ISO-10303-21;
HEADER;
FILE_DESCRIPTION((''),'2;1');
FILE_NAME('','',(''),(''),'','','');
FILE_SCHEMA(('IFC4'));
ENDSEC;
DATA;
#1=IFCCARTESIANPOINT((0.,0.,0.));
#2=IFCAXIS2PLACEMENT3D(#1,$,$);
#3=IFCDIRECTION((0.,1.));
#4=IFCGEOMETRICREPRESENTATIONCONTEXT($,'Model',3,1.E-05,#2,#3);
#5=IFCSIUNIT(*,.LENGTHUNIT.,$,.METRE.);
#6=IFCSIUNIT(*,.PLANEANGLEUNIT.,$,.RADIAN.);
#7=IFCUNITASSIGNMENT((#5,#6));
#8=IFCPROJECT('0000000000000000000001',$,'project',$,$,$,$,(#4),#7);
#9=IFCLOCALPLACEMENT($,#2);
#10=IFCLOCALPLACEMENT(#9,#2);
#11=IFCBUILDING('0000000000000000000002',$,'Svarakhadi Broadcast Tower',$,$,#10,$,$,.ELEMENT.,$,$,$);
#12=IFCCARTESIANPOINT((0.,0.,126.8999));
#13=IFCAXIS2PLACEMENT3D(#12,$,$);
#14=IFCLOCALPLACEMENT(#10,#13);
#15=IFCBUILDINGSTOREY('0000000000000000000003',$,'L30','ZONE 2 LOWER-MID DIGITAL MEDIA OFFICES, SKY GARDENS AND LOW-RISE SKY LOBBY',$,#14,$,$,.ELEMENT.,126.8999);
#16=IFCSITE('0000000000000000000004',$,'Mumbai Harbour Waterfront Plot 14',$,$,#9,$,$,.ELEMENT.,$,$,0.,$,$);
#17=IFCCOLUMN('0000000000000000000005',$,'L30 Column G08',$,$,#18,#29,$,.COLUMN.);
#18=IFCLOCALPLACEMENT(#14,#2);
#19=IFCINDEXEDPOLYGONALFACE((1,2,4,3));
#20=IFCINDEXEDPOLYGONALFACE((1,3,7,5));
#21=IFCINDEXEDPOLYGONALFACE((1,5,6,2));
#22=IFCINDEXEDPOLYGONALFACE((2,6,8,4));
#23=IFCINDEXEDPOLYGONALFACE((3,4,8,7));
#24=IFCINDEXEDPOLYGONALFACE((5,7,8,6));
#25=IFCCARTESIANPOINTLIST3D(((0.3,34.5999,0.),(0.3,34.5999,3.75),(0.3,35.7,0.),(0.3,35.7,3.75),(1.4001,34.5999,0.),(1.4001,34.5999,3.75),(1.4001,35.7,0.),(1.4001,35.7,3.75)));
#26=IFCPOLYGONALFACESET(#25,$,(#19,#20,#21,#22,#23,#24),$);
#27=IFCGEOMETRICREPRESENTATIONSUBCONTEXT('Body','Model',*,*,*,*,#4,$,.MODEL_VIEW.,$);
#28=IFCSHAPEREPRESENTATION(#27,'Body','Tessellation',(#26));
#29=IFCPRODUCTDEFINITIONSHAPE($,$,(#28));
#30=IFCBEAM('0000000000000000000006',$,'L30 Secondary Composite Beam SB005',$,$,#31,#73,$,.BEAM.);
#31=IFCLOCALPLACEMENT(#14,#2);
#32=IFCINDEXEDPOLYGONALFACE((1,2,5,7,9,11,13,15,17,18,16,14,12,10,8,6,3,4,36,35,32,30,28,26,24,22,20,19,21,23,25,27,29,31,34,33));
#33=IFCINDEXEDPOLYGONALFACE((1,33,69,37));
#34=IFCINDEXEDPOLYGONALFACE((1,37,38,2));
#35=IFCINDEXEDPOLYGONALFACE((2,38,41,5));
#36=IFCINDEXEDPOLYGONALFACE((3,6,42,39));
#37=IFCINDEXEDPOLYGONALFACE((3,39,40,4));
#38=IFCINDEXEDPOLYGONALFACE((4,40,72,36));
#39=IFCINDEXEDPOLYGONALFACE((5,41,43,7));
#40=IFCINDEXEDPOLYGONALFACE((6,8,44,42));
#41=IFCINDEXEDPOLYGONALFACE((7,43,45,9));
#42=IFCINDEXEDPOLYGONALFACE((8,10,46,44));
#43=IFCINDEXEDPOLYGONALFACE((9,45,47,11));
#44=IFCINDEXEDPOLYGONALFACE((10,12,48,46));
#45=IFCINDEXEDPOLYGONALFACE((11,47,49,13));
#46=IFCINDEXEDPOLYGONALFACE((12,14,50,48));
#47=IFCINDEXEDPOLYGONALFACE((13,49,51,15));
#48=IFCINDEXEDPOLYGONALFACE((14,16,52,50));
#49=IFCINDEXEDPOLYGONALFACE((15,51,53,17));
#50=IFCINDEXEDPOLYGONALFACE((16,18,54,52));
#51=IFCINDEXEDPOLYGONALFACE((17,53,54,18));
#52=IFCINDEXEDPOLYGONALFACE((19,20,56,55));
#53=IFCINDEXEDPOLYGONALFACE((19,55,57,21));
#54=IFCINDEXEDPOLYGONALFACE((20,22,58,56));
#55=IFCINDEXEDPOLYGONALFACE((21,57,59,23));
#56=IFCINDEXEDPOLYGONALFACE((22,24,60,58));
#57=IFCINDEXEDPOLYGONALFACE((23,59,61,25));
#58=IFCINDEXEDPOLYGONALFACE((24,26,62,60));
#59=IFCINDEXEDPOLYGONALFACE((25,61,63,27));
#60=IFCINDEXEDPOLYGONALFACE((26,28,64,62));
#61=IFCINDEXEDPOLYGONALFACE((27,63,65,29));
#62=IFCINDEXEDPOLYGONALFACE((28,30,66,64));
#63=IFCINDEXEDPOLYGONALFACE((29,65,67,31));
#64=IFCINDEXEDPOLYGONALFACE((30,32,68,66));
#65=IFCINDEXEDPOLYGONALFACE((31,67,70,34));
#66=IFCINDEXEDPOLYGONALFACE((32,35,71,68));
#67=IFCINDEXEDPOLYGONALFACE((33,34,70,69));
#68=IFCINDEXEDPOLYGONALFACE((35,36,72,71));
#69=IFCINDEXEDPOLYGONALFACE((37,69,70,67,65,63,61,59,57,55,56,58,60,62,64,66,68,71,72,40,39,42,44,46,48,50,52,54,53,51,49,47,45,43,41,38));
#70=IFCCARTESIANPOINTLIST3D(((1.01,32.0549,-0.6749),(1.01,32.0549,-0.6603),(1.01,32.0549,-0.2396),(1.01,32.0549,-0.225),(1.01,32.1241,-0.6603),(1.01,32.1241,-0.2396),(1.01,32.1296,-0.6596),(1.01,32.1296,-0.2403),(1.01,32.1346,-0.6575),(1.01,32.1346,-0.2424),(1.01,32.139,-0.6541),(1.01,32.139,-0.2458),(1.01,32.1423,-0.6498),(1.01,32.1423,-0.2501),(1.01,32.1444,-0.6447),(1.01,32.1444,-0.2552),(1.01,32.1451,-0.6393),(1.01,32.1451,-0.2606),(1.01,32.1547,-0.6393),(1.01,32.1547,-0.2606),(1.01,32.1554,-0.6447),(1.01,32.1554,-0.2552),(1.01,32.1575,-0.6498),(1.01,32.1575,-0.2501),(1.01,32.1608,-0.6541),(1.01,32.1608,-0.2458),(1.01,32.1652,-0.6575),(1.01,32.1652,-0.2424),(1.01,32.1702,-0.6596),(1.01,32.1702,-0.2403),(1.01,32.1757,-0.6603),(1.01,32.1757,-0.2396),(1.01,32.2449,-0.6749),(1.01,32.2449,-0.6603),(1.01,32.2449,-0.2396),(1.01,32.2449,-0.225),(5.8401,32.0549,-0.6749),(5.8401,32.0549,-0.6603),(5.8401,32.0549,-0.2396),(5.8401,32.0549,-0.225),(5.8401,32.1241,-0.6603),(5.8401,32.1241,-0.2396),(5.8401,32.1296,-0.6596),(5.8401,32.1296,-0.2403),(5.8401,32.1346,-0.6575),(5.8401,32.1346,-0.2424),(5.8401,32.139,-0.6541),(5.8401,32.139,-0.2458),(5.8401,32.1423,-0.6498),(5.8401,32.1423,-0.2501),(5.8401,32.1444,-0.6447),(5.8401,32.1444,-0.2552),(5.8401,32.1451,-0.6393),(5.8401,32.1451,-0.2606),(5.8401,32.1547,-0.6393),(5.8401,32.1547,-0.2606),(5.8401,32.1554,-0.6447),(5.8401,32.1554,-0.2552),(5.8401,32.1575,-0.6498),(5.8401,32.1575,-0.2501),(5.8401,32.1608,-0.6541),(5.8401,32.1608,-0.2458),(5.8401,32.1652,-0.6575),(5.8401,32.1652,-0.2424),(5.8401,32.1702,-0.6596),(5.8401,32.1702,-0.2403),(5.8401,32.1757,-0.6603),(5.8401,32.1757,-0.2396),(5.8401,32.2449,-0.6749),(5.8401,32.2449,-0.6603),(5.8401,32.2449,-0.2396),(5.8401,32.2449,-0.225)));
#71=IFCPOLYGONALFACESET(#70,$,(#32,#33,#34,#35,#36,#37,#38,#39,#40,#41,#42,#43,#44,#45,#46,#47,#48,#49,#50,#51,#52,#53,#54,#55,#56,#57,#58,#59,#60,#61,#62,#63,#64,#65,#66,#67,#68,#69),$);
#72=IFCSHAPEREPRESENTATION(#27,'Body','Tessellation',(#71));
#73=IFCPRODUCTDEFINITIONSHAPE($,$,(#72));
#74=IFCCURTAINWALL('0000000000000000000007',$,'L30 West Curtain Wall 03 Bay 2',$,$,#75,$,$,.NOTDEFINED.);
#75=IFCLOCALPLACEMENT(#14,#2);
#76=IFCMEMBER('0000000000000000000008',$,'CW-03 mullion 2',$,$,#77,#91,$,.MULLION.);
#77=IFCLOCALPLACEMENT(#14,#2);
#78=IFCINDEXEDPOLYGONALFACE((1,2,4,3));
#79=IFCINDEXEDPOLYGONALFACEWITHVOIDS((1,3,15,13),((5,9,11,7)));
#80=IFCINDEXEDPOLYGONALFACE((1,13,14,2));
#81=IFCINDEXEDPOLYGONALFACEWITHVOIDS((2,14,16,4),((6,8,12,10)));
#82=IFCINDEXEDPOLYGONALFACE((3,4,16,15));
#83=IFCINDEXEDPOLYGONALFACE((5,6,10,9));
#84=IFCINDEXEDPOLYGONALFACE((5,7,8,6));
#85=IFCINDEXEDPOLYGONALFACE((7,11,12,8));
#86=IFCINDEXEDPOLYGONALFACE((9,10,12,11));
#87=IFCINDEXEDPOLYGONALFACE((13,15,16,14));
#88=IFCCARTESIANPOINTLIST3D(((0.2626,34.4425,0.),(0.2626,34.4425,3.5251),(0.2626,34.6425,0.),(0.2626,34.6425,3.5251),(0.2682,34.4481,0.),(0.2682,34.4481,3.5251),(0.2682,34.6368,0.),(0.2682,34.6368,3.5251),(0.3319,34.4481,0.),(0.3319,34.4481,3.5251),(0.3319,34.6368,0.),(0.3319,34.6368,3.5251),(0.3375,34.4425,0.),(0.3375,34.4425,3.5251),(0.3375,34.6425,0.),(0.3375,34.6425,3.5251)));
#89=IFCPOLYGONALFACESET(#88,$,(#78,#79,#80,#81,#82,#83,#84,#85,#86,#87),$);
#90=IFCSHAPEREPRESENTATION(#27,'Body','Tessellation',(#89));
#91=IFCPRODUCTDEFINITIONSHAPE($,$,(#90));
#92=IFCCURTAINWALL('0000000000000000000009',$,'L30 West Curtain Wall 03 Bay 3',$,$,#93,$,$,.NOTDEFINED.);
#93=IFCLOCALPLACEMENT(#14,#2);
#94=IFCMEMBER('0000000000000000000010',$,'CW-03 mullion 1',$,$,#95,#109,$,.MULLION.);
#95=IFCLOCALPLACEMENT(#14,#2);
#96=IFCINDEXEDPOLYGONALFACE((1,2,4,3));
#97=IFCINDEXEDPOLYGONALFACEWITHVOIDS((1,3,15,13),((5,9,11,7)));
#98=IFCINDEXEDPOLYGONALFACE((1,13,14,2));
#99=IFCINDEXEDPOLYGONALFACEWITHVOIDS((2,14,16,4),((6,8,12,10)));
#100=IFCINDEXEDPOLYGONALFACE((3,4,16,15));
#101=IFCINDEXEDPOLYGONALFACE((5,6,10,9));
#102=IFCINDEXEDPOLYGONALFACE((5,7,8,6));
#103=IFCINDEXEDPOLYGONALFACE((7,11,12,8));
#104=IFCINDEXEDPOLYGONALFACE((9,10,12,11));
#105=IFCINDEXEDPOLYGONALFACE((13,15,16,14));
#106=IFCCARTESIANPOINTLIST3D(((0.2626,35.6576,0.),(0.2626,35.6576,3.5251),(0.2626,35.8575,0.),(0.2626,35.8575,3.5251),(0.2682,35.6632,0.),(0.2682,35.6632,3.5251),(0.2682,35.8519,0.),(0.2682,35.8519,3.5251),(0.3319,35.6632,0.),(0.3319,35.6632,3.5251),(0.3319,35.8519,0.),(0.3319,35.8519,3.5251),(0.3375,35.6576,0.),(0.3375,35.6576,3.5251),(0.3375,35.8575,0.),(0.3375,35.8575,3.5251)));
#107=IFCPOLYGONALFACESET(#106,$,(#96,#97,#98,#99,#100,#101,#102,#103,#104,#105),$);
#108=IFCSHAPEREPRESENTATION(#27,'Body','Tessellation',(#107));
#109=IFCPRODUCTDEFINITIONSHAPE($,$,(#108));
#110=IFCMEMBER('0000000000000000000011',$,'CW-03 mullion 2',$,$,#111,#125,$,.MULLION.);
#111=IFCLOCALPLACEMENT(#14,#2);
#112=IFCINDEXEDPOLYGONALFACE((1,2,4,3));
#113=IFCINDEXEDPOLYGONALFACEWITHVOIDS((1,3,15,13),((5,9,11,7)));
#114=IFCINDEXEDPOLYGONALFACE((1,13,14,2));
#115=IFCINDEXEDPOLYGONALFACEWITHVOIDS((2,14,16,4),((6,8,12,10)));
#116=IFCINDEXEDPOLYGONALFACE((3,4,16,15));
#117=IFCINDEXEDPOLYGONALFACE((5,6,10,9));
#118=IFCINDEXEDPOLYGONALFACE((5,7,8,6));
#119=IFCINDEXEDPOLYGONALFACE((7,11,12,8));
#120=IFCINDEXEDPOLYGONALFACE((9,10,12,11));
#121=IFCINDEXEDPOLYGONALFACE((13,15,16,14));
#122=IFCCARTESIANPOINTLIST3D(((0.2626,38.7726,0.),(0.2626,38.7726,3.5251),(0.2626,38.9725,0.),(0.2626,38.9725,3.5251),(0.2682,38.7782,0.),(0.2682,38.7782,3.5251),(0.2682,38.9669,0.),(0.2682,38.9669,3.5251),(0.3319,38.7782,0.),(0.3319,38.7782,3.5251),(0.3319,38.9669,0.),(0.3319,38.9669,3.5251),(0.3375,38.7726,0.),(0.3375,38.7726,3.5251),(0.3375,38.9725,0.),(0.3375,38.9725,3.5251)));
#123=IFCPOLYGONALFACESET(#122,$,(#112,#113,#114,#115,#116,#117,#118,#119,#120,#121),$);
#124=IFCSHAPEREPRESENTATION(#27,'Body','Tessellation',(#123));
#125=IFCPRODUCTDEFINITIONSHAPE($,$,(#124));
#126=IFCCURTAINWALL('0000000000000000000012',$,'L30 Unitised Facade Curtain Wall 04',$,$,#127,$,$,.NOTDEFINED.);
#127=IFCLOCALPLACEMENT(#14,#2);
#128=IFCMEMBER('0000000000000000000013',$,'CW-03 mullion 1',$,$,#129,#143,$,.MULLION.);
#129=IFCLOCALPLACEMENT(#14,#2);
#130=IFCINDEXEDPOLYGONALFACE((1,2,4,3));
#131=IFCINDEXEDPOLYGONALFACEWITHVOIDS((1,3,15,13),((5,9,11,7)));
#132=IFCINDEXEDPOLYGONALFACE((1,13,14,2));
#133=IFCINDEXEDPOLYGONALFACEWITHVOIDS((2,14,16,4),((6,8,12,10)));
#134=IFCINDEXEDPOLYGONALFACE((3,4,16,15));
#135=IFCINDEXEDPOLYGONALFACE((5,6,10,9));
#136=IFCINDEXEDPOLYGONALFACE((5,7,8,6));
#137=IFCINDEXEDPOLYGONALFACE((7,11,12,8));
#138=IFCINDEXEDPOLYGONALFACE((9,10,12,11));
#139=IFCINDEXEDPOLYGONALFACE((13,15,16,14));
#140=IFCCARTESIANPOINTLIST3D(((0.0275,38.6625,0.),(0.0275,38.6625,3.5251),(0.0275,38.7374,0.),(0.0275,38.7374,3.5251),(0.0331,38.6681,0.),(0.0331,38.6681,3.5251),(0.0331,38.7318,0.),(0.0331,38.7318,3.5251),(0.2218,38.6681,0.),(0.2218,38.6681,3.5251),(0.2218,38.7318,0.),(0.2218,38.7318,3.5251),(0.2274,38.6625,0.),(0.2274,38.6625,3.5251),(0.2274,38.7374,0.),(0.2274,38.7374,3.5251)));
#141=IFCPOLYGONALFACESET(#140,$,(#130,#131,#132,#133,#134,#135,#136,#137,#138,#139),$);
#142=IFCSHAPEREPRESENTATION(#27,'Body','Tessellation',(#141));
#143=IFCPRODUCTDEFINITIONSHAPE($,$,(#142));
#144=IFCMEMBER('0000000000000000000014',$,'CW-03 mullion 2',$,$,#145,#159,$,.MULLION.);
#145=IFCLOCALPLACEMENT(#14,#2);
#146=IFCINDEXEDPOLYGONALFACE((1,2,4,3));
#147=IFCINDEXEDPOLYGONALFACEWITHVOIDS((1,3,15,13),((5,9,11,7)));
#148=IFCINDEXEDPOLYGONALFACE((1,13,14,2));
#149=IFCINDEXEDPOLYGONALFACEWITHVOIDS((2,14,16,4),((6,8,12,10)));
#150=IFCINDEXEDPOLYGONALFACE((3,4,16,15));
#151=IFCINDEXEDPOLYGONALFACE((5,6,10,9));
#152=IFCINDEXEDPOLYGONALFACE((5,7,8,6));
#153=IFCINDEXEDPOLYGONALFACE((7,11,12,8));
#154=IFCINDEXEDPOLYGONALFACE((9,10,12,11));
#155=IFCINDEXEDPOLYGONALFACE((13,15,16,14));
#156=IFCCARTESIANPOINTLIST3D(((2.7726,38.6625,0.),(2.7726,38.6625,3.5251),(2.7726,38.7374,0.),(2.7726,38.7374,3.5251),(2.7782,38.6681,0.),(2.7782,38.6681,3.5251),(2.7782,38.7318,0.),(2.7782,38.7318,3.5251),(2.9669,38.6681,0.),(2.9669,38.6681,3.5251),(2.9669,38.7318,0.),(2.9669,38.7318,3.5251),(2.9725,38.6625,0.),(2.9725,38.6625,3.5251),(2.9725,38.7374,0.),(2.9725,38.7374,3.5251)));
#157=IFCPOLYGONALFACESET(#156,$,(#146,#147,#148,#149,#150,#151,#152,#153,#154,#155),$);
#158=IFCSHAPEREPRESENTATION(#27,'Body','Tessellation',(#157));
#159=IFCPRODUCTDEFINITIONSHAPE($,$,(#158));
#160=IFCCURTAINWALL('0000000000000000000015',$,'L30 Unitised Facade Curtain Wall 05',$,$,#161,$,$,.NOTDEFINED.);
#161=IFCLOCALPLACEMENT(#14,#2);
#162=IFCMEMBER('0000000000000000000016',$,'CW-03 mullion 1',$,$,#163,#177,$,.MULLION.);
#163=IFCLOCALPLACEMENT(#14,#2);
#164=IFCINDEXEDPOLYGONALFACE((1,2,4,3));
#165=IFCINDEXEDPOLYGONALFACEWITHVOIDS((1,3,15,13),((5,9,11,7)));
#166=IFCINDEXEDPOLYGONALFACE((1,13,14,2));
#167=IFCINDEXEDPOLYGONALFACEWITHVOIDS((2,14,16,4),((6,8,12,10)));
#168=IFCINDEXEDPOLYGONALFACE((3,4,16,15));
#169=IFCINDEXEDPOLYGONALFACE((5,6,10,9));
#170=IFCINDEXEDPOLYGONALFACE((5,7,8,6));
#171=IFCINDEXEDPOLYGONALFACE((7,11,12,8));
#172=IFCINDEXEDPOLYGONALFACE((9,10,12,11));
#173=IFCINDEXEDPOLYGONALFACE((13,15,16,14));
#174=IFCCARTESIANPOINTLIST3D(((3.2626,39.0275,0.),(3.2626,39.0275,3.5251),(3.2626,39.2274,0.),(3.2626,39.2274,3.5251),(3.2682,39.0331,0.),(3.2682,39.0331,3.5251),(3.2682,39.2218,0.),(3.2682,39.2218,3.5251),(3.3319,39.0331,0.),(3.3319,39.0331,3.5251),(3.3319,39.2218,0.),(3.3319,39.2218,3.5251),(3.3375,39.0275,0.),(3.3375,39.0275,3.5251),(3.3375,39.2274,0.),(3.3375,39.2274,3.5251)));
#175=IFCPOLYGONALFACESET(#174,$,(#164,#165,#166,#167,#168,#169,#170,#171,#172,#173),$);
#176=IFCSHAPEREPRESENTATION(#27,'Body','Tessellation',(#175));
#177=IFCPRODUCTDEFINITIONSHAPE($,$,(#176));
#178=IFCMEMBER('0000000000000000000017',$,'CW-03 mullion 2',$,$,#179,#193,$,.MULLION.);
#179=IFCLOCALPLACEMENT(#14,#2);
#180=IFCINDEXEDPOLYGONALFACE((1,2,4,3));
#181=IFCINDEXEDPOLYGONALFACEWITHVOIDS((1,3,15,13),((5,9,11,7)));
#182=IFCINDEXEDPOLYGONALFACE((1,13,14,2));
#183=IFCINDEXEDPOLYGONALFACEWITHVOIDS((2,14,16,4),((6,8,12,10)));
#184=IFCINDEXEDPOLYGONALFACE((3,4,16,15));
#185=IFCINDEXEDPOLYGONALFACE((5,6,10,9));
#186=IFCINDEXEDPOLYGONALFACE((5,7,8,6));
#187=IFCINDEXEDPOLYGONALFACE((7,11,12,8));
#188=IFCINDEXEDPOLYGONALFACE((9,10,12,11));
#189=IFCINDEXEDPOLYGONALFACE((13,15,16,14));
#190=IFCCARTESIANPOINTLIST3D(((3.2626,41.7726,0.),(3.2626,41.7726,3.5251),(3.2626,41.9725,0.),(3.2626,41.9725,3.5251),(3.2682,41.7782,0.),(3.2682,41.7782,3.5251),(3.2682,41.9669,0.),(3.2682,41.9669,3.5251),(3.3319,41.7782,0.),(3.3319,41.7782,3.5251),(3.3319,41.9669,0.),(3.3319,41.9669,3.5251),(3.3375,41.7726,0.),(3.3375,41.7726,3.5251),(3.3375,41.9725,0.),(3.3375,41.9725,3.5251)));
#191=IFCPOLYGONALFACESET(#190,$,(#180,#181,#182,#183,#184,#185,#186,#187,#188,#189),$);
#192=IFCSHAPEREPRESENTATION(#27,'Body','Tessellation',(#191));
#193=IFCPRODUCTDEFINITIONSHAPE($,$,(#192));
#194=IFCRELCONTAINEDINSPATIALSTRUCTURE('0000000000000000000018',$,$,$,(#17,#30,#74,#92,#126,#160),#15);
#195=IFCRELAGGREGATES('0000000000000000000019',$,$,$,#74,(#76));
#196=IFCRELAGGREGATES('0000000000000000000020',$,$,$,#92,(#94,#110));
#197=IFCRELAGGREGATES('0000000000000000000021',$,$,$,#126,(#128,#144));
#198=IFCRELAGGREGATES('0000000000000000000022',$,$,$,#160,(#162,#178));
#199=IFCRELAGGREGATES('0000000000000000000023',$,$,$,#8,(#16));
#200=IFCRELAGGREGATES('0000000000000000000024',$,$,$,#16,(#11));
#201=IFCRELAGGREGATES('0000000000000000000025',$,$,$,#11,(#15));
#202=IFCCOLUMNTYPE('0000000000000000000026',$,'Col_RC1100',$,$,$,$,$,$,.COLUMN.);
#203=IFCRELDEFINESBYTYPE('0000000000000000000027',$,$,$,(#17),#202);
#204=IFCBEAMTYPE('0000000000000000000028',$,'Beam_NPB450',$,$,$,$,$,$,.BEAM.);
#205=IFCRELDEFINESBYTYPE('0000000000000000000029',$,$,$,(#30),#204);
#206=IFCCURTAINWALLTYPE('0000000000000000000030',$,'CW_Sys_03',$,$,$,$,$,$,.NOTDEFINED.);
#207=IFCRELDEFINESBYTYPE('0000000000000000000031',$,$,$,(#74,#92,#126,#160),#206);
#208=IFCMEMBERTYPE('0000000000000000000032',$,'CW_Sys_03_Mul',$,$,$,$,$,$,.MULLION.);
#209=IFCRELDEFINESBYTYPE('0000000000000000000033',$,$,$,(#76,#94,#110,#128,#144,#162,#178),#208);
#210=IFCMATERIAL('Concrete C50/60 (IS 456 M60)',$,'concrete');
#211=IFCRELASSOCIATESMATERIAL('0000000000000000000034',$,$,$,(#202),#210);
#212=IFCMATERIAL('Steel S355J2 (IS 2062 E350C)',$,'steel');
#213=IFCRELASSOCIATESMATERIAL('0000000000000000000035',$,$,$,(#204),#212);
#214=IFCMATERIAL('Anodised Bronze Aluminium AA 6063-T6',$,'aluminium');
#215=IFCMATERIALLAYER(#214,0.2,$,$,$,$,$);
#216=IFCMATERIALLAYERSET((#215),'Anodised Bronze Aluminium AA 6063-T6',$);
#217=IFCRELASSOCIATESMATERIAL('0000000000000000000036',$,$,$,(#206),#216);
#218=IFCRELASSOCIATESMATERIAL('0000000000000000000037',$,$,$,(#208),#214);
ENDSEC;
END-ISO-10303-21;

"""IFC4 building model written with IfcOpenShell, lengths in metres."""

from ifc_helpers import new_model, si_unit, direction, frame, origin, origin_2d, place, context, subcontext, project, spatial, rectangle, hollow_rectangle, i_section, extrude, material, layer, layer_set, material_profile, profile_set, type_object, element, aggregate, save


model = new_model("IFC4")

# Units and contexts
model_context = context("Model", 3, precision=1e-05, world=origin(), true_north=direction((0.0, 1.0)))
body_context = subcontext(model_context, "Body", "Model", "MODEL_VIEW")
ifc_project = project(units=[si_unit("LENGTHUNIT", "METRE"), si_unit("PLANEANGLEUNIT", "RADIAN")], contexts=[model_context])

# Site, building, storey
site_placement = place(None, origin())
site = spatial("IfcSite", under=ifc_project, at=site_placement, Name="Mumbai Harbour Waterfront Plot 14", CompositionType="ELEMENT", RefElevation=0.0)
building_placement = place(site_placement, origin())
building = spatial("IfcBuilding", under=site, at=building_placement, Name="Svarakhadi Broadcast Tower", CompositionType="ELEMENT")
storey_placement = place(building_placement, frame((0.0, 0.0, 126.8999)))
storey = spatial("IfcBuildingStorey", under=building, at=storey_placement, Name="L30", Description="ZONE 2 LOWER-MID DIGITAL MEDIA OFFICES, SKY GARDENS AND LOW-RISE SKY LOBBY", CompositionType="ELEMENT", Elevation=126.8999)

# Column
ifc_material_1 = material(Name="Concrete C50/60 (IS 456 M60)", Category="concrete")
ifc_material_profile_1 = material_profile(ifc_material_1, rectangle(XDim=1.1001, YDim=1.1001, at=origin_2d()), Name="RC 1100x1100")
ifc_profile_set_1 = profile_set([ifc_material_profile_1], Name="Concrete C50/60 (IS 456 M60)")
column_type = type_object("IfcColumnType", Name="Col_RC1100", PredefinedType="COLUMN", material=ifc_profile_set_1)
column_placement = place(storey_placement, frame((0.8501, 35.1499, 0.0), z_axis=(0.0, 0.0, 1.0), x_axis=(1.0, 0.0, 0.0)))
element("IfcColumn", 1, at=column_placement, inside=storey, type_object=column_type, Name="L30 Column G08", PredefinedType="COLUMN", context=body_context, shape_type="SweptSolid", body=[
    extrude(rectangle(XDim=1.1001, YDim=1.1001, at=origin_2d()), origin(), (0.0, 0.0, 1.0), 3.75),
])

# Beam
ifc_material_2 = material(Name="Steel S355J2 (IS 2062 E350C)", Category="steel")
ifc_material_profile_2 = material_profile(ifc_material_2, i_section(OverallWidth=0.1899, OverallDepth=0.45, WebThickness=0.0095, FlangeThickness=0.0146, FilletRadius=0.021, at=origin_2d()), Name="NPB 450x190x78")
ifc_profile_set_2 = profile_set([ifc_material_profile_2], Name="Steel S355J2 (IS 2062 E350C)")
beam_type_1 = type_object("IfcBeamType", Name="Beam_NPB450", PredefinedType="BEAM", material=ifc_profile_set_2)
beam_1_placement = place(storey_placement, frame((1.01, 32.1499, -0.45), z_axis=(1.0, 0.0, 0.0), x_axis=(0.0, 1.0, 0.0)))
element("IfcBeam", 2, at=beam_1_placement, inside=storey, type_object=beam_type_1, Name="L30 Secondary Composite Beam SB005", PredefinedType="BEAM", context=body_context, shape_type="SweptSolid", body=[
    extrude(i_section(OverallWidth=0.1899, OverallDepth=0.45, WebThickness=0.0095, FlangeThickness=0.0146, FilletRadius=0.021, at=origin_2d()), origin(), (0.0, 0.0, 1.0), 4.8301),
])

# Curtain wall, member
ifc_material_3 = material(Name="Anodised Bronze Aluminium AA 6063-T6", Category="aluminium")
ifc_layer_1 = layer(ifc_material_3, 0.2)
ifc_layer_set_1 = layer_set([ifc_layer_1], Name="Anodised Bronze Aluminium AA 6063-T6")
curtain_wall_type = type_object("IfcCurtainWallType", Name="CW_Sys_03", PredefinedType="NOTDEFINED", material=ifc_layer_set_1)
curtain_wall_1_placement = place(storey_placement, origin())
curtain_wall_1 = element("IfcCurtainWall", 3, at=curtain_wall_1_placement, inside=storey, type_object=curtain_wall_type, Name="L30 West Curtain Wall 03 Bay 2", PredefinedType="NOTDEFINED")
ifc_material_profile_3 = material_profile(ifc_material_3, hollow_rectangle(XDim=0.075, YDim=0.2, WallThickness=0.0056, at=origin_2d()), Name="ALU MULLION 200x75x6")
ifc_profile_set_3 = profile_set([ifc_material_profile_3], Name="Anodised Bronze Aluminium AA 6063-T6")
member_type_1 = type_object("IfcMemberType", Name="CW_Sys_03_Mul", PredefinedType="MULLION", material=ifc_profile_set_3)
member_1_placement = place(storey_placement, frame((0.3, 34.5425, 0.0), z_axis=(0.0, 0.0, 1.0), x_axis=(-1.0, 0.0, 0.0)))
member_1 = element("IfcMember", 4, at=member_1_placement, type_object=member_type_1, Name="CW-03 mullion 2", PredefinedType="MULLION", context=body_context, shape_type="SweptSolid", body=[
    extrude(hollow_rectangle(XDim=0.075, YDim=0.2, WallThickness=0.0056, at=origin_2d()), origin(), (0.0, 0.0, 1.0), 3.5251),
])
aggregate(curtain_wall_1, [member_1])

# Curtain walls, members
curtain_wall_2_placement = place(storey_placement, origin())
curtain_wall_2 = element("IfcCurtainWall", 5, at=curtain_wall_2_placement, inside=storey, type_object=curtain_wall_type, Name="L30 West Curtain Wall 03 Bay 3", PredefinedType="NOTDEFINED")
member_2_placement = place(storey_placement, frame((0.3, 35.7576, 0.0), z_axis=(0.0, 0.0, 1.0), x_axis=(-1.0, 0.0, 0.0)))
member_2 = element("IfcMember", 6, at=member_2_placement, type_object=member_type_1, Name="CW-03 mullion 1", PredefinedType="MULLION", context=body_context, shape_type="SweptSolid", body=[
    extrude(hollow_rectangle(XDim=0.075, YDim=0.2, WallThickness=0.0056, at=origin_2d()), origin(), (0.0, 0.0, 1.0), 3.5251),
])
member_3_placement = place(storey_placement, frame((0.3, 38.8726, 0.0), z_axis=(0.0, 0.0, 1.0), x_axis=(-1.0, 0.0, 0.0)))
member_3 = element("IfcMember", 7, at=member_3_placement, type_object=member_type_1, Name="CW-03 mullion 2", PredefinedType="MULLION", context=body_context, shape_type="SweptSolid", body=[
    extrude(hollow_rectangle(XDim=0.075, YDim=0.2, WallThickness=0.0056, at=origin_2d()), origin(), (0.0, 0.0, 1.0), 3.5251),
])
curtain_wall_3_placement = place(storey_placement, origin())
curtain_wall_3 = element("IfcCurtainWall", 8, at=curtain_wall_3_placement, inside=storey, type_object=curtain_wall_type, Name="L30 Unitised Facade Curtain Wall 04", PredefinedType="NOTDEFINED")
member_4_placement = place(storey_placement, frame((0.1274, 38.7, 0.0), z_axis=(0.0, 0.0, 1.0), x_axis=(0.0, 1.0, 0.0)))
member_4 = element("IfcMember", 9, at=member_4_placement, type_object=member_type_1, Name="CW-03 mullion 1", PredefinedType="MULLION", context=body_context, shape_type="SweptSolid", body=[
    extrude(hollow_rectangle(XDim=0.075, YDim=0.2, WallThickness=0.0056, at=origin_2d()), origin(), (0.0, 0.0, 1.0), 3.5251),
])
member_5_placement = place(storey_placement, frame((2.8726, 38.7, 0.0), z_axis=(0.0, 0.0, 1.0), x_axis=(0.0, 1.0, 0.0)))
member_5 = element("IfcMember", 10, at=member_5_placement, type_object=member_type_1, Name="CW-03 mullion 2", PredefinedType="MULLION", context=body_context, shape_type="SweptSolid", body=[
    extrude(hollow_rectangle(XDim=0.075, YDim=0.2, WallThickness=0.0056, at=origin_2d()), origin(), (0.0, 0.0, 1.0), 3.5251),
])
curtain_wall_4_placement = place(storey_placement, origin())
curtain_wall_4 = element("IfcCurtainWall", 11, at=curtain_wall_4_placement, inside=storey, type_object=curtain_wall_type, Name="L30 Unitised Facade Curtain Wall 05", PredefinedType="NOTDEFINED")
member_6_placement = place(storey_placement, frame((3.3, 39.1274, 0.0), z_axis=(0.0, 0.0, 1.0), x_axis=(-1.0, 0.0, 0.0)))
member_6 = element("IfcMember", 12, at=member_6_placement, type_object=member_type_1, Name="CW-03 mullion 1", PredefinedType="MULLION", context=body_context, shape_type="SweptSolid", body=[
    extrude(hollow_rectangle(XDim=0.075, YDim=0.2, WallThickness=0.0056, at=origin_2d()), origin(), (0.0, 0.0, 1.0), 3.5251),
])
member_7_placement = place(storey_placement, frame((3.3, 41.8726, 0.0), z_axis=(0.0, 0.0, 1.0), x_axis=(-1.0, 0.0, 0.0)))
member_7 = element("IfcMember", 13, at=member_7_placement, type_object=member_type_1, Name="CW-03 mullion 2", PredefinedType="MULLION", context=body_context, shape_type="SweptSolid", body=[
    extrude(hollow_rectangle(XDim=0.075, YDim=0.2, WallThickness=0.0056, at=origin_2d()), origin(), (0.0, 0.0, 1.0), 3.5251),
])

aggregate(curtain_wall_2, [member_2, member_3])
aggregate(curtain_wall_3, [member_4, member_5])
aggregate(curtain_wall_4, [member_6, member_7])

save(model, "model.ifc")
